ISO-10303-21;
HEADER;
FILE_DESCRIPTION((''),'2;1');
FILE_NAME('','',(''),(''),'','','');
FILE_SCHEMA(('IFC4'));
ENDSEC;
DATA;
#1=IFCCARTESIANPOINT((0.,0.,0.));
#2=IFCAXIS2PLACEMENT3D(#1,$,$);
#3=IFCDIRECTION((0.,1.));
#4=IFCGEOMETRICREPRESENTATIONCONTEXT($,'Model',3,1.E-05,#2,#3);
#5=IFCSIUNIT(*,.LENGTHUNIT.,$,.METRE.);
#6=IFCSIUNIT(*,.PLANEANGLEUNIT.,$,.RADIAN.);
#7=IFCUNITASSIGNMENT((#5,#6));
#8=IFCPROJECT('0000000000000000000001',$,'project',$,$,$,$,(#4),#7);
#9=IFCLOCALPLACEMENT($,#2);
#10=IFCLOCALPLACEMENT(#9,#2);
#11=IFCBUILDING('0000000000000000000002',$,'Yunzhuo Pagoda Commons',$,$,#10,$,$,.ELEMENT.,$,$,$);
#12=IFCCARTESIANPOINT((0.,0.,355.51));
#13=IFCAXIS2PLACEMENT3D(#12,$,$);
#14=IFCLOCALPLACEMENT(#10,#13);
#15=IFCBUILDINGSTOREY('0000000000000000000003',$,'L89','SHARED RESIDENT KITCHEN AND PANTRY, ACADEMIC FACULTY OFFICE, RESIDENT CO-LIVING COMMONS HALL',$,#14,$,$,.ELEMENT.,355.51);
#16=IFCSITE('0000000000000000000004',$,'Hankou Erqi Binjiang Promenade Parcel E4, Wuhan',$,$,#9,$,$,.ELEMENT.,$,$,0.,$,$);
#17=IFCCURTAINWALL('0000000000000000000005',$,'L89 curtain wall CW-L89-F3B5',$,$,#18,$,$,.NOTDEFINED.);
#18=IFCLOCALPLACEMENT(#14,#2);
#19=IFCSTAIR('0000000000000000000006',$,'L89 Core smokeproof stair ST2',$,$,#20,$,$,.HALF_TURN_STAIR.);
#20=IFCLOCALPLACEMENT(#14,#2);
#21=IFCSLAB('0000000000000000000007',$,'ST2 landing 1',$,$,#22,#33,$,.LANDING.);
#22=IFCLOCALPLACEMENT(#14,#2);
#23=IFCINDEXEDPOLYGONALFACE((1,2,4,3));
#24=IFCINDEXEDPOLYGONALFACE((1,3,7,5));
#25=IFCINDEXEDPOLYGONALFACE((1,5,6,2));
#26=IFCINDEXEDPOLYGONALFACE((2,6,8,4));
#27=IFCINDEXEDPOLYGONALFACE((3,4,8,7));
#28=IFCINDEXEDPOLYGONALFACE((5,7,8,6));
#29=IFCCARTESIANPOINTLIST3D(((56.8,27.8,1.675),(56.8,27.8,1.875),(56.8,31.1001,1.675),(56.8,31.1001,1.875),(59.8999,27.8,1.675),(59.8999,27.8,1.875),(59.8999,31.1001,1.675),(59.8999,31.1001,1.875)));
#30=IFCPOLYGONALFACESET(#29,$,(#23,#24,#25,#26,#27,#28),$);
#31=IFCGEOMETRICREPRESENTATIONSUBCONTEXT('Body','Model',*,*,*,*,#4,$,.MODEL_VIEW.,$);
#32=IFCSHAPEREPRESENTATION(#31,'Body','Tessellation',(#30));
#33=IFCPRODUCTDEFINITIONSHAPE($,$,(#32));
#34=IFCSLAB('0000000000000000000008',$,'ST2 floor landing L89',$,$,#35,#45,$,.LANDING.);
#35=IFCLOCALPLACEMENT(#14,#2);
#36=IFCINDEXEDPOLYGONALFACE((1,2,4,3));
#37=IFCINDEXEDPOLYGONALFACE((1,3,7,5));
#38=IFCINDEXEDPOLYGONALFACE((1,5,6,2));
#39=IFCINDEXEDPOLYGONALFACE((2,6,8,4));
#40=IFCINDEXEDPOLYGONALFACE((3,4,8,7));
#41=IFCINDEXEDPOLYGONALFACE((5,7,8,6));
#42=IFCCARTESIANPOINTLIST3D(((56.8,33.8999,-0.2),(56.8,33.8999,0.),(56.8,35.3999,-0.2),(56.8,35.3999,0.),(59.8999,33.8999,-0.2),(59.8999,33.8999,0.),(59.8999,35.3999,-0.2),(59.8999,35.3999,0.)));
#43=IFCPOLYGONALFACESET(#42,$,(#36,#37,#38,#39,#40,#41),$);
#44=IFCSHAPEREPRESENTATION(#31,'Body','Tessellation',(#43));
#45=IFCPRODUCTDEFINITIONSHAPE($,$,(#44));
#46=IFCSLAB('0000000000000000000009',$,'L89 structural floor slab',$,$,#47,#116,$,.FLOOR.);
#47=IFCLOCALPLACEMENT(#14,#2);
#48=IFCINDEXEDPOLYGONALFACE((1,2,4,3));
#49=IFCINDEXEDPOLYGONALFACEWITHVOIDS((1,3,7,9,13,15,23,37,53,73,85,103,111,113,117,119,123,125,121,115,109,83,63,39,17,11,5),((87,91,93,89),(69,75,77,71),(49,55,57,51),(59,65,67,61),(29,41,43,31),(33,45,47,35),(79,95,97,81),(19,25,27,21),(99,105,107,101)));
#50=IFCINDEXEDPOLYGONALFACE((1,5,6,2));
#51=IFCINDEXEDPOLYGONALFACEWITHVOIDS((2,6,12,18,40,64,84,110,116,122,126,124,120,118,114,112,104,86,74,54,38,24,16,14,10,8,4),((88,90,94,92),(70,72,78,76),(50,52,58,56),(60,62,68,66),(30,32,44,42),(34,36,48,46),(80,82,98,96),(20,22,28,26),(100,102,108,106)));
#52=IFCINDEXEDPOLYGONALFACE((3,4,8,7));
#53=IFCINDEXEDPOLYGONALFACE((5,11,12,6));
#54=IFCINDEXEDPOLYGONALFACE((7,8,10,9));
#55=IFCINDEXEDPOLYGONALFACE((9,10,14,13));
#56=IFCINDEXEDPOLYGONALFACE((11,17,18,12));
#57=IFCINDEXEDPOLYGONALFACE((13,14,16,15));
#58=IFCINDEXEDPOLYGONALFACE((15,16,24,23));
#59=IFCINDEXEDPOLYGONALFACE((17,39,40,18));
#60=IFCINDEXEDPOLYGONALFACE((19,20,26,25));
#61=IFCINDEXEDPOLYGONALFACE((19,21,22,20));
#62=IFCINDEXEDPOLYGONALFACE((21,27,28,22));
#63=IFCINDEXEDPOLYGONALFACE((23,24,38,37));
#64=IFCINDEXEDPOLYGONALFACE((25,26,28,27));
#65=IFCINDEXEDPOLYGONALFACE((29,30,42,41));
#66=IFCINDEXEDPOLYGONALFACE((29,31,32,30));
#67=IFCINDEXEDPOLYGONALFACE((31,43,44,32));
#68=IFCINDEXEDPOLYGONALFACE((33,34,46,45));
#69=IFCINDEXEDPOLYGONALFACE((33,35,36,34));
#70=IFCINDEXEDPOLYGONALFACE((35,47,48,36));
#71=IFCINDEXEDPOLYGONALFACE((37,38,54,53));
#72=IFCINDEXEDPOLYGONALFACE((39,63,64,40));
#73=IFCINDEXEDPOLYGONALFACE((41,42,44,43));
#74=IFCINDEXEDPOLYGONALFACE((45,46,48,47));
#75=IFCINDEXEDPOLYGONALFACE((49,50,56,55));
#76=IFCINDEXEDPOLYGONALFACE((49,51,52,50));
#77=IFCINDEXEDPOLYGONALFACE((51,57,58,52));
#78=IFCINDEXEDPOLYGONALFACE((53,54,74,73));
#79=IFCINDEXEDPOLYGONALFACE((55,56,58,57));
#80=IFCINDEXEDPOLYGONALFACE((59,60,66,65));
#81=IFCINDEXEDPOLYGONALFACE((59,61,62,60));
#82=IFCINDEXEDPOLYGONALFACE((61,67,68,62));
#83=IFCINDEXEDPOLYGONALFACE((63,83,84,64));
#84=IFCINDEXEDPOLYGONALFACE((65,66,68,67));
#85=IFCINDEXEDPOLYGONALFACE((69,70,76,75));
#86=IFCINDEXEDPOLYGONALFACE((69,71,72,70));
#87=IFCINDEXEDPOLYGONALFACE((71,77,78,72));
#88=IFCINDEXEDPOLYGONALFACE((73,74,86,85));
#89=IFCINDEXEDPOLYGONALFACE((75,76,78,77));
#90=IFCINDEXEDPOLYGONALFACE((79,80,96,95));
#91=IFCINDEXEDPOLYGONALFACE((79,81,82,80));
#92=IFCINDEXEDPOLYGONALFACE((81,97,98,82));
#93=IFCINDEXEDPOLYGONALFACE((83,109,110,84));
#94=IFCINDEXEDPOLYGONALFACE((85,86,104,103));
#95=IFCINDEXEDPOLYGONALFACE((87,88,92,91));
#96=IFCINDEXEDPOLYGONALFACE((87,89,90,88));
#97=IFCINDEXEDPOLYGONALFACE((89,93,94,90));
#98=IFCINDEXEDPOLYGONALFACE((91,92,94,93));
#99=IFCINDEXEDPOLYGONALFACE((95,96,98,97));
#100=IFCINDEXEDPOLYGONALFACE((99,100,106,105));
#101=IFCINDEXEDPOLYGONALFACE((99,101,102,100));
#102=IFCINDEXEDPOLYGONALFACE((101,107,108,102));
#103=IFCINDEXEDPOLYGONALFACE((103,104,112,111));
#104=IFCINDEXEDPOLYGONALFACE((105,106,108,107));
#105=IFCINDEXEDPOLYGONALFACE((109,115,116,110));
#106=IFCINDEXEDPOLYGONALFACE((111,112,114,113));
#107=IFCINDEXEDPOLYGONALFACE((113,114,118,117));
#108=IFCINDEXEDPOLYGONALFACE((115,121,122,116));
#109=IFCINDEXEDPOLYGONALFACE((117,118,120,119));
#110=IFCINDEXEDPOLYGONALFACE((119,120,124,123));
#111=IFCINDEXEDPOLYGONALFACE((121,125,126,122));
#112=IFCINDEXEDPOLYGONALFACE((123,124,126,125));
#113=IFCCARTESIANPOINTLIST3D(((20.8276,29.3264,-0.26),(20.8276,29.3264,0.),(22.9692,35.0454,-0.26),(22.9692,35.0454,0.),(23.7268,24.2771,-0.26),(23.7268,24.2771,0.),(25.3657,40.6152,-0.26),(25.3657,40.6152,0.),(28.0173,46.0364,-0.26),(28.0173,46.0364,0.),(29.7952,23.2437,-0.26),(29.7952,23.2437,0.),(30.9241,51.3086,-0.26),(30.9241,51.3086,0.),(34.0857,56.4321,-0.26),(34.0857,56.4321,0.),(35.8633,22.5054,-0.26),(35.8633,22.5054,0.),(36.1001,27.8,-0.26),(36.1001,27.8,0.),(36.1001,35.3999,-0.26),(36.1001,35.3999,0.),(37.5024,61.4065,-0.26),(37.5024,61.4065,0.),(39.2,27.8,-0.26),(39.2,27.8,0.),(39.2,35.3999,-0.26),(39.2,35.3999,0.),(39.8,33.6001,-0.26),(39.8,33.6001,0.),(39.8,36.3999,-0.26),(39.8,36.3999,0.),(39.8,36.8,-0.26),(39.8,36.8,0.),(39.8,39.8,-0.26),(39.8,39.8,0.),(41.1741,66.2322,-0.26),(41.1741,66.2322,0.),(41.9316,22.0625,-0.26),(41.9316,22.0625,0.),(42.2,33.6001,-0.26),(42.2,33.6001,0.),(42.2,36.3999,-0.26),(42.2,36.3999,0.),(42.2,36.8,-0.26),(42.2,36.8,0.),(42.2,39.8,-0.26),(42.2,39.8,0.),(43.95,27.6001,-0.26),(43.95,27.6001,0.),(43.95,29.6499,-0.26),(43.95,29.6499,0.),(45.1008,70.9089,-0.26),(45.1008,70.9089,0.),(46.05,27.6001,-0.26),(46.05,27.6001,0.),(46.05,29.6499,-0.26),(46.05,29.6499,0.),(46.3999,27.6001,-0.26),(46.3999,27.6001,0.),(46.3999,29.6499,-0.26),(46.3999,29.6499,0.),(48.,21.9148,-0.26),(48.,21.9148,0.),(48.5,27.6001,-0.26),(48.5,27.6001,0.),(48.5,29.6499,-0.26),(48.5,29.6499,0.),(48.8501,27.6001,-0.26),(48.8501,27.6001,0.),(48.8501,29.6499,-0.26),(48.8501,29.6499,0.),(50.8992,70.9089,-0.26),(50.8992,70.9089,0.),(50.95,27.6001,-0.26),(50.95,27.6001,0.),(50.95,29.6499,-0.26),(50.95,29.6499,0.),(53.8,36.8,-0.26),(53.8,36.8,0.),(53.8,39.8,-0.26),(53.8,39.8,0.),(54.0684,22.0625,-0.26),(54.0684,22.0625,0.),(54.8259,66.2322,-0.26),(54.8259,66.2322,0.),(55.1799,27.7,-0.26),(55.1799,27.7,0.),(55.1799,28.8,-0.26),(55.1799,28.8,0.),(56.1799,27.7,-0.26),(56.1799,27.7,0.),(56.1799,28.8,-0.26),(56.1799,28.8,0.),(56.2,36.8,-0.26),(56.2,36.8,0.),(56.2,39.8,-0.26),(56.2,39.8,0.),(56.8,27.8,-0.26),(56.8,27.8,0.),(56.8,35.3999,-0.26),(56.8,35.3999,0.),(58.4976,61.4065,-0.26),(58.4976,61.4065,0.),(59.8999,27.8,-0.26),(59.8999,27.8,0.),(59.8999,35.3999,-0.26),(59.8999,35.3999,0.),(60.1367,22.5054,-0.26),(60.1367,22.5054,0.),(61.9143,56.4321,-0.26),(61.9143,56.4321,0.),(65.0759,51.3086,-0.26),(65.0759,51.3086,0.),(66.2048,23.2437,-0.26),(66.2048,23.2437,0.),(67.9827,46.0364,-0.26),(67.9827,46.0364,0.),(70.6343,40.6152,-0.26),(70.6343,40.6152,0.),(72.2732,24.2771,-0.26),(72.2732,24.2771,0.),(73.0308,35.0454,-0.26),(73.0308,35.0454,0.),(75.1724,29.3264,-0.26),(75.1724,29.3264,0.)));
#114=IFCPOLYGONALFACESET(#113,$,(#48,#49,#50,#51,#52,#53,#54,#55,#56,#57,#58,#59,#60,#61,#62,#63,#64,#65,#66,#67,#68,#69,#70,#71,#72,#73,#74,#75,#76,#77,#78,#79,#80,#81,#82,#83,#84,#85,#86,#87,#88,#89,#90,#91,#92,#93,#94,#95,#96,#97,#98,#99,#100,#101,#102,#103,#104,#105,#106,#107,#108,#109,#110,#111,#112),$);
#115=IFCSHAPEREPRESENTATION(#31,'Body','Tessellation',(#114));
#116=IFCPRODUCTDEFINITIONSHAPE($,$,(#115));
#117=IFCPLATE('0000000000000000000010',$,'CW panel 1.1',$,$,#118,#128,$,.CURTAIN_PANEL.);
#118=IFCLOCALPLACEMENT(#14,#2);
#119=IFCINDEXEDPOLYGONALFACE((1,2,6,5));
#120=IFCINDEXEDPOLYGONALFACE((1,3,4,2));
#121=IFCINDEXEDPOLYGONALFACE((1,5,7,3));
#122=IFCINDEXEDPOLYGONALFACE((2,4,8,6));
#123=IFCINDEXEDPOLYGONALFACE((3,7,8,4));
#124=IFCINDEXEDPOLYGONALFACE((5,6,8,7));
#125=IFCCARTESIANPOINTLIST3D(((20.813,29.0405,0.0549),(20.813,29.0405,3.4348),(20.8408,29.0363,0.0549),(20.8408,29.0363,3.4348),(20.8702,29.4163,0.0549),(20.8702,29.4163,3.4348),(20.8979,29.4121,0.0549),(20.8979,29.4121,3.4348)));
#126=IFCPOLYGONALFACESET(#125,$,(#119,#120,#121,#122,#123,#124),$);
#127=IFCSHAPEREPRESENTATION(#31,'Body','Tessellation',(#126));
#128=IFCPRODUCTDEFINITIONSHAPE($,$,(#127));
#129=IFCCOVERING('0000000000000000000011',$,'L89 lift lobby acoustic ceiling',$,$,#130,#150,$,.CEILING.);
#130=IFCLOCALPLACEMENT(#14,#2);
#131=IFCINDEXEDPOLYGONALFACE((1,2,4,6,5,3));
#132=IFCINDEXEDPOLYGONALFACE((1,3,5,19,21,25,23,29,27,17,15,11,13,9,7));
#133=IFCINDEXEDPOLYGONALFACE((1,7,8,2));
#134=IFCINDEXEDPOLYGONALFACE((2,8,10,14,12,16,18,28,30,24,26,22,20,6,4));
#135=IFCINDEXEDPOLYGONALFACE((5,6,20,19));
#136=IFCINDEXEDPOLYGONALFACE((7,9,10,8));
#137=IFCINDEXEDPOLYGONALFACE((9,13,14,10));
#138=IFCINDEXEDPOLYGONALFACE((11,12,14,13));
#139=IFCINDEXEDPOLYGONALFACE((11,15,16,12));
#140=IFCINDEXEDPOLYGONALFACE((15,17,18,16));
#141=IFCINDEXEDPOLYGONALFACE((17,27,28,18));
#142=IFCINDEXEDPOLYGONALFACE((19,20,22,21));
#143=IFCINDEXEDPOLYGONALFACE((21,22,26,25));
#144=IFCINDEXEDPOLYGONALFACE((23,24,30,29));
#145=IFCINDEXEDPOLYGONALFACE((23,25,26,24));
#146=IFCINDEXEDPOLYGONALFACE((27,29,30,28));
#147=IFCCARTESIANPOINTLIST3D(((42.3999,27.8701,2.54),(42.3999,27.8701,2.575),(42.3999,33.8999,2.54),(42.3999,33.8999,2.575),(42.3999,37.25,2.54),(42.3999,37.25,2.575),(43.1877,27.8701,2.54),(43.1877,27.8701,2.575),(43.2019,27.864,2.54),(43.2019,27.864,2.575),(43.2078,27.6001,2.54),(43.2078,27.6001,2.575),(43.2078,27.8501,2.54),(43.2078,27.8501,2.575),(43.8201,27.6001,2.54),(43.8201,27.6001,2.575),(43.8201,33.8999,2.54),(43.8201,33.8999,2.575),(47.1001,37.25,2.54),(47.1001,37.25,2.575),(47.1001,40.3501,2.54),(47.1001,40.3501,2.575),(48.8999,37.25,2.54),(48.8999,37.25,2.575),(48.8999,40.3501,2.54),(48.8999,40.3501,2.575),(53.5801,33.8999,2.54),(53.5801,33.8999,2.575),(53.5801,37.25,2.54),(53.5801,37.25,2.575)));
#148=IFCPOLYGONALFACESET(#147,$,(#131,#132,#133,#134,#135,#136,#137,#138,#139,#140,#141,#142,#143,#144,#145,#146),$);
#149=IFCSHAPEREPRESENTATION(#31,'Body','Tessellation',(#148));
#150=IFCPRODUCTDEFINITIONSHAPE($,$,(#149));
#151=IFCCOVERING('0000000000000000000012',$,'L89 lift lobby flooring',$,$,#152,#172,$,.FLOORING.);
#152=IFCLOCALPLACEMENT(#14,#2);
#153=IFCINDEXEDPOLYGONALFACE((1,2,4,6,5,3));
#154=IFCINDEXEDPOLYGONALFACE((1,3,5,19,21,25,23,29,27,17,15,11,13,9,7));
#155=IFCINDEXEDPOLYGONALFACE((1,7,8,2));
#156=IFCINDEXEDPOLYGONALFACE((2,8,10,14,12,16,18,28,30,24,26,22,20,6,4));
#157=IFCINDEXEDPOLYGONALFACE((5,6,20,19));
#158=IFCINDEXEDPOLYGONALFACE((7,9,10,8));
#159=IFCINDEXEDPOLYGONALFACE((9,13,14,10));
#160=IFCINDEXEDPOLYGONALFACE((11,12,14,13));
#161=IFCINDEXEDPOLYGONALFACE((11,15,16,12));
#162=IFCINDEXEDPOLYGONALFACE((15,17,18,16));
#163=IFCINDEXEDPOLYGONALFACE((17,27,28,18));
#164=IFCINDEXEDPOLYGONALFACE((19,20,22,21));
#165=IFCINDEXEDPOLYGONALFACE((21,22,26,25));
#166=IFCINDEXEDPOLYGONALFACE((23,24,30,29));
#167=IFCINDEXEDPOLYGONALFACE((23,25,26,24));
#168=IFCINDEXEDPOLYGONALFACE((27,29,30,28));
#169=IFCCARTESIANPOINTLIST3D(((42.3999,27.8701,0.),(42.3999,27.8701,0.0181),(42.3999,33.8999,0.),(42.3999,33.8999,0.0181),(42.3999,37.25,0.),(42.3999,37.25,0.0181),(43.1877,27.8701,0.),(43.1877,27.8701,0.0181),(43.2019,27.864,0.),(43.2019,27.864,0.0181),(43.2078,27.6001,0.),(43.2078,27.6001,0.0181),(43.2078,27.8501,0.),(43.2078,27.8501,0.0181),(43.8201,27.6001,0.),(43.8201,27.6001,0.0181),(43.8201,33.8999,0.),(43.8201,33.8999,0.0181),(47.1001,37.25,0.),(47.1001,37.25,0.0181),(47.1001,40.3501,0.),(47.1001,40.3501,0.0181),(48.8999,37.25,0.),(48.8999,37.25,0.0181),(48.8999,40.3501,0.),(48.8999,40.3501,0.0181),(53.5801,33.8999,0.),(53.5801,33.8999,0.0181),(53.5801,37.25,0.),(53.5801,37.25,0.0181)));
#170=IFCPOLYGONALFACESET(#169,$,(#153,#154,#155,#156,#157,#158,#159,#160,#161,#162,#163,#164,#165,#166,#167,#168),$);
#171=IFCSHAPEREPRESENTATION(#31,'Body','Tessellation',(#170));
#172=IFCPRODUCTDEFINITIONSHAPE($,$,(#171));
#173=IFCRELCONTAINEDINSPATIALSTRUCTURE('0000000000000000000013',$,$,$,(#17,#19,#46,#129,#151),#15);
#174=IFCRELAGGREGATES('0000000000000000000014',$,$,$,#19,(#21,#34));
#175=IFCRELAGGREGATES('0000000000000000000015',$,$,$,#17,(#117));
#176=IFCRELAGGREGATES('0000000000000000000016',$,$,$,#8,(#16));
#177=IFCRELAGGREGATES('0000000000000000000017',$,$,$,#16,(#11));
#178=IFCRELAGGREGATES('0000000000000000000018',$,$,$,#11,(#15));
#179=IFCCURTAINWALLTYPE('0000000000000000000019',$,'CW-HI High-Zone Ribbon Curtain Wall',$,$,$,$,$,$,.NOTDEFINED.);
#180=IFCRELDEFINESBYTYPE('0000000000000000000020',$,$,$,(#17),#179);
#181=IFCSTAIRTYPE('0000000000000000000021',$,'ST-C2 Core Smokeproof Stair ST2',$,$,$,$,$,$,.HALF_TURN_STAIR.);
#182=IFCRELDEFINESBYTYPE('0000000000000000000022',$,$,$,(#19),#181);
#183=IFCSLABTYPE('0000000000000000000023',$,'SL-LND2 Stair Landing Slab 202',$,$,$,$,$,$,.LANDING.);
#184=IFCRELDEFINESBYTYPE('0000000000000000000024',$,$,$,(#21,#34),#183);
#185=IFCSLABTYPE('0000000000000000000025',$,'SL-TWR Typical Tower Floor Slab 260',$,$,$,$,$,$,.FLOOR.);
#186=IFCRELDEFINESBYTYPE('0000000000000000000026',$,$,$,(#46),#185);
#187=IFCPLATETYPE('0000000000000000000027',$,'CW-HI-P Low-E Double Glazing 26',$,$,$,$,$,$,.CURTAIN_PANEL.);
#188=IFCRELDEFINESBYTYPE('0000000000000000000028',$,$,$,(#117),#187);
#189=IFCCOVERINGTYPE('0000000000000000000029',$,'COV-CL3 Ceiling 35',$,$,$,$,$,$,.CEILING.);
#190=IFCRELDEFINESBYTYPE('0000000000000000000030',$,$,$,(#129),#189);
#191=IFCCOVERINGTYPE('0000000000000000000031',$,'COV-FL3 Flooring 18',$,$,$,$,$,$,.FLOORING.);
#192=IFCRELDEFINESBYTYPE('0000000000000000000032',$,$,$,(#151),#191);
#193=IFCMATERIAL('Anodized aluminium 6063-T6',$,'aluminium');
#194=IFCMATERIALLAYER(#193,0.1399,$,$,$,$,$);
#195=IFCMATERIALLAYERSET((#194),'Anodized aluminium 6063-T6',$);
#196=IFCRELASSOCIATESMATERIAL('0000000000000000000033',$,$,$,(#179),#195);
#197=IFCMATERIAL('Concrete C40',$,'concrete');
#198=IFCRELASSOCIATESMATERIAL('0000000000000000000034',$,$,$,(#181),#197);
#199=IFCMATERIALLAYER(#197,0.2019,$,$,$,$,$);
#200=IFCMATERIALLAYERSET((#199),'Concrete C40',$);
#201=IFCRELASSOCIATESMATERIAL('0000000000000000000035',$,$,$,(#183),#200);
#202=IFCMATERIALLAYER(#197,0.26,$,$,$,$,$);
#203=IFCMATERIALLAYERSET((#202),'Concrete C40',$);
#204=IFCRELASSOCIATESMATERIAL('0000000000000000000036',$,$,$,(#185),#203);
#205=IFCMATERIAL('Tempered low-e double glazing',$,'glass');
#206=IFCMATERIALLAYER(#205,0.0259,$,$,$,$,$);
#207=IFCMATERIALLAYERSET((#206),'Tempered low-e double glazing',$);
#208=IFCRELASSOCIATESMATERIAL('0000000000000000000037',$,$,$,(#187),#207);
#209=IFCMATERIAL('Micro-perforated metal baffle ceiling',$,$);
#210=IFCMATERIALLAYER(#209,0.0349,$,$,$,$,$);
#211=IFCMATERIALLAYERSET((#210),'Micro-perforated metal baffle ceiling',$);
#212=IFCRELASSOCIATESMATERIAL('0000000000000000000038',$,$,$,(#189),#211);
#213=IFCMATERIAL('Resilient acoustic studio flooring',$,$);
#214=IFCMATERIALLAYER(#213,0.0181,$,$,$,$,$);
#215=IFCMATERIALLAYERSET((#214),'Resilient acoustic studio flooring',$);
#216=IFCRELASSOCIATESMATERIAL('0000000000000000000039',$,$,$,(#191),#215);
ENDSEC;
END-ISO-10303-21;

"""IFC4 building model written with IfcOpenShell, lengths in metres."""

from ifc_helpers import new_model, si_unit, direction, frame, origin, origin_2d, place, context, subcontext, project, spatial, polyline, rectangle, outline, extrude, source, transform, mapped, material, layer, layer_set, type_object, element, aggregate, save


model = new_model("IFC4")

# Units and contexts
model_context = context("Model", 3, precision=1e-05, world=origin(), true_north=direction((0.0, 1.0)))
body_context = subcontext(model_context, "Body", "Model", "MODEL_VIEW")
ifc_project = project(units=[si_unit("LENGTHUNIT", "METRE"), si_unit("PLANEANGLEUNIT", "RADIAN")], contexts=[model_context])

# Site, building, storey
site_placement = place(None, origin())
site = spatial("IfcSite", under=ifc_project, at=site_placement, Name="Hankou Erqi Binjiang Promenade Parcel E4, Wuhan", CompositionType="ELEMENT", RefElevation=0.0)
building_placement = place(site_placement, origin())
building = spatial("IfcBuilding", under=site, at=building_placement, Name="Yunzhuo Pagoda Commons", CompositionType="ELEMENT")
storey_placement = place(building_placement, frame((0.0, 0.0, 355.51)))
storey = spatial("IfcBuildingStorey", under=building, at=storey_placement, Name="L89", Description="SHARED RESIDENT KITCHEN AND PANTRY, ACADEMIC FACULTY OFFICE, RESIDENT CO-LIVING COMMONS HALL", CompositionType="ELEMENT", Elevation=355.51)

# Shared definitions
ifc_material_1 = material(Name="Anodized aluminium 6063-T6", Category="aluminium")
ifc_layer_1 = layer(ifc_material_1, 0.1399)
ifc_layer_set_1 = layer_set([ifc_layer_1], Name="Anodized aluminium 6063-T6")
curtain_wall_type = type_object("IfcCurtainWallType", Name="CW-HI High-Zone Ribbon Curtain Wall", PredefinedType="NOTDEFINED", material=ifc_layer_set_1)

# Curtain wall
curtain_wall_1_placement = place(storey_placement, origin())
curtain_wall_1 = element("IfcCurtainWall", 1, at=curtain_wall_1_placement, inside=storey, type_object=curtain_wall_type, Name="L89 curtain wall CW-L89-F3B5", PredefinedType="NOTDEFINED")

# Shared definitions
ifc_material_2 = material(Name="Concrete C40", Category="concrete")

# Stair, slabs
stair_type_1 = type_object("IfcStairType", Name="ST-C2 Core Smokeproof Stair ST2", PredefinedType="HALF_TURN_STAIR", material=ifc_material_2)
stair_1_placement = place(storey_placement, origin())
stair_1 = element("IfcStair", 2, at=stair_1_placement, inside=storey, type_object=stair_type_1, Name="L89 Core smokeproof stair ST2", PredefinedType="HALF_TURN_STAIR")
ifc_layer_2 = layer(ifc_material_2, 0.2019)
ifc_layer_set_2 = layer_set([ifc_layer_2], Name="Concrete C40")
slab_type_1 = type_object("IfcSlabType", Name="SL-LND2 Stair Landing Slab 202", PredefinedType="LANDING", material=ifc_layer_set_2)
slab_1_placement = place(storey_placement, frame((0.0, 0.0, 1.675)))
slab_1 = element("IfcSlab", 3, at=slab_1_placement, type_object=slab_type_1, Name="ST2 landing 1", PredefinedType="LANDING", context=body_context, shape_type="SweptSolid", body=[
    extrude(outline(polyline([(56.8, 31.1001), (56.8, 27.8), (59.8999, 27.8), (59.8999, 31.1001), (56.8, 31.1001)])), origin(), (0.0, 0.0, 1.0), 0.2),
])
slab_2_placement = place(storey_placement, frame((0.0, 0.0, -0.2)))
slab_2 = element("IfcSlab", 4, at=slab_2_placement, type_object=slab_type_1, Name="ST2 floor landing L89", PredefinedType="LANDING", context=body_context, shape_type="SweptSolid", body=[
    extrude(outline(polyline([(56.8, 35.3999), (56.8, 33.8999), (59.8999, 33.8999), (59.8999, 35.3999), (56.8, 35.3999)])), origin(), (0.0, 0.0, 1.0), 0.2),
])
aggregate(stair_1, [slab_1, slab_2])

# Slab
ifc_layer_3 = layer(ifc_material_2, 0.26)
ifc_layer_set_3 = layer_set([ifc_layer_3], Name="Concrete C40")
slab_type_2 = type_object("IfcSlabType", Name="SL-TWR Typical Tower Floor Slab 260", PredefinedType="FLOOR", material=ifc_layer_set_3)
slab_3_placement = place(storey_placement, frame((0.0, 0.0, -0.26)))
element("IfcSlab", 5, at=slab_3_placement, inside=storey, type_object=slab_type_2, Name="L89 structural floor slab", PredefinedType="FLOOR", context=body_context, shape_type="SweptSolid", body=[
    extrude(outline(polyline([(22.9692, 35.0454), (25.3657, 40.6152), (28.0173, 46.0364), (30.9241, 51.3086), (34.0857, 56.4321), (37.5024, 61.4065), (41.1741, 66.2322), (45.1008, 70.9089), (50.8992, 70.9089), (54.8259, 66.2322), (58.4976, 61.4065), (61.9143, 56.4321), (65.0759, 51.3086), (67.9827, 46.0364), (70.6343, 40.6152), (73.0308, 35.0454), (75.1724, 29.3264), (72.2732, 24.2771), (66.2048, 23.2437), (60.1367, 22.5054), (54.0684, 22.0625), (48.0, 21.9148), (41.9316, 22.0625), (35.8633, 22.5054), (29.7952, 23.2437), (23.7268, 24.2771), (20.8276, 29.3264), (22.9692, 35.0454)]), holes=[polyline([(56.1799, 28.8), (55.1799, 28.8), (55.1799, 27.7), (56.1799, 27.7), (56.1799, 28.8)]), polyline([(46.05, 29.6499), (43.95, 29.6499), (43.95, 27.6001), (46.05, 27.6001), (46.05, 29.6499)]), polyline([(48.5, 29.6499), (46.3999, 29.6499), (46.3999, 27.6001), (48.5, 27.6001), (48.5, 29.6499)]), polyline([(50.95, 29.6499), (48.8501, 29.6499), (48.8501, 27.6001), (50.95, 27.6001), (50.95, 29.6499)]), polyline([(39.2, 27.8), (39.2, 35.3999), (36.1001, 35.3999), (36.1001, 27.8), (39.2, 27.8)]), polyline([(59.8999, 27.8), (59.8999, 35.3999), (56.8, 35.3999), (56.8, 27.8), (59.8999, 27.8)]), polyline([(42.2, 36.3999), (39.8, 36.3999), (39.8, 33.6001), (42.2, 33.6001), (42.2, 36.3999)]), polyline([(42.2, 36.8), (42.2, 39.8), (39.8, 39.8), (39.8, 36.8), (42.2, 36.8)]), polyline([(56.2, 36.8), (56.2, 39.8), (53.8, 39.8), (53.8, 36.8), (56.2, 36.8)])]), origin(), (0.0, 0.0, 1.0), 0.26),
])

# Plate
ifc_material_3 = material(Name="Tempered low-e double glazing", Category="glass")
ifc_layer_4 = layer(ifc_material_3, 0.0259)
ifc_layer_set_4 = layer_set([ifc_layer_4], Name="Tempered low-e double glazing")
plate_type = type_object("IfcPlateType", Name="CW-HI-P Low-E Double Glazing 26", PredefinedType="CURTAIN_PANEL", material=ifc_layer_set_4)
shared_shape_1 = source(origin(), body_context, "Body", "SweptSolid", [
    extrude(rectangle(XDim=0.3801, YDim=0.0281, at=origin_2d()), origin(), (0.0, 0.0, 1.0), 3.3799),
])
plate_placement = place(storey_placement, frame((20.8555, 29.2263, 0.0549), z_axis=(0.0, 0.0, 1.0), x_axis=(0.150374, 0.988629, 0.0)))
plate = element("IfcPlate", 6, at=plate_placement, type_object=plate_type, Name="CW panel 1.1", PredefinedType="CURTAIN_PANEL", context=body_context, shape_type="MappedRepresentation", body=[
    mapped(shared_shape_1, transform((0.0, 0.0, 0.0), scale=1.0)),
])
aggregate(curtain_wall_1, [plate])

# Coverings
ifc_material_4 = material(Name="Micro-perforated metal baffle ceiling")
ifc_layer_5 = layer(ifc_material_4, 0.0349)
ifc_layer_set_5 = layer_set([ifc_layer_5], Name="Micro-perforated metal baffle ceiling")
covering_type_1 = type_object("IfcCoveringType", Name="COV-CL3 Ceiling 35", PredefinedType="CEILING", material=ifc_layer_set_5)
covering_1_placement = place(storey_placement, frame((0.0, 0.0, 2.54)))
element("IfcCovering", 7, at=covering_1_placement, inside=storey, type_object=covering_type_1, Name="L89 lift lobby acoustic ceiling", PredefinedType="CEILING", context=body_context, shape_type="SweptSolid", body=[
    extrude(outline(polyline([(43.2078, 27.8501), (43.2019, 27.864), (43.1877, 27.8701), (42.3999, 27.8701), (42.3999, 33.8999), (42.3999, 37.25), (47.1001, 37.25), (47.1001, 40.3501), (48.8999, 40.3501), (48.8999, 37.25), (53.5801, 37.25), (53.5801, 33.8999), (43.8201, 33.8999), (43.8201, 27.6001), (43.2078, 27.6001), (43.2078, 27.8501)])), origin(), (0.0, 0.0, 1.0), 0.0349),
])
ifc_material_5 = material(Name="Resilient acoustic studio flooring")
ifc_layer_6 = layer(ifc_material_5, 0.0181)
ifc_layer_set_6 = layer_set([ifc_layer_6], Name="Resilient acoustic studio flooring")
covering_type_2 = type_object("IfcCoveringType", Name="COV-FL3 Flooring 18", PredefinedType="FLOORING", material=ifc_layer_set_6)
covering_2_placement = place(storey_placement, origin())
element("IfcCovering", 8, at=covering_2_placement, inside=storey, type_object=covering_type_2, Name="L89 lift lobby flooring", PredefinedType="FLOORING", context=body_context, shape_type="SweptSolid", body=[
    extrude(outline(polyline([(43.2078, 27.8501), (43.2019, 27.864), (43.1877, 27.8701), (42.3999, 27.8701), (42.3999, 33.8999), (42.3999, 37.25), (47.1001, 37.25), (47.1001, 40.3501), (48.8999, 40.3501), (48.8999, 37.25), (53.5801, 37.25), (53.5801, 33.8999), (43.8201, 33.8999), (43.8201, 27.6001), (43.2078, 27.6001), (43.2078, 27.8501)])), origin(), (0.0, 0.0, 1.0), 0.0181),
])

save(model, "model.ifc")
